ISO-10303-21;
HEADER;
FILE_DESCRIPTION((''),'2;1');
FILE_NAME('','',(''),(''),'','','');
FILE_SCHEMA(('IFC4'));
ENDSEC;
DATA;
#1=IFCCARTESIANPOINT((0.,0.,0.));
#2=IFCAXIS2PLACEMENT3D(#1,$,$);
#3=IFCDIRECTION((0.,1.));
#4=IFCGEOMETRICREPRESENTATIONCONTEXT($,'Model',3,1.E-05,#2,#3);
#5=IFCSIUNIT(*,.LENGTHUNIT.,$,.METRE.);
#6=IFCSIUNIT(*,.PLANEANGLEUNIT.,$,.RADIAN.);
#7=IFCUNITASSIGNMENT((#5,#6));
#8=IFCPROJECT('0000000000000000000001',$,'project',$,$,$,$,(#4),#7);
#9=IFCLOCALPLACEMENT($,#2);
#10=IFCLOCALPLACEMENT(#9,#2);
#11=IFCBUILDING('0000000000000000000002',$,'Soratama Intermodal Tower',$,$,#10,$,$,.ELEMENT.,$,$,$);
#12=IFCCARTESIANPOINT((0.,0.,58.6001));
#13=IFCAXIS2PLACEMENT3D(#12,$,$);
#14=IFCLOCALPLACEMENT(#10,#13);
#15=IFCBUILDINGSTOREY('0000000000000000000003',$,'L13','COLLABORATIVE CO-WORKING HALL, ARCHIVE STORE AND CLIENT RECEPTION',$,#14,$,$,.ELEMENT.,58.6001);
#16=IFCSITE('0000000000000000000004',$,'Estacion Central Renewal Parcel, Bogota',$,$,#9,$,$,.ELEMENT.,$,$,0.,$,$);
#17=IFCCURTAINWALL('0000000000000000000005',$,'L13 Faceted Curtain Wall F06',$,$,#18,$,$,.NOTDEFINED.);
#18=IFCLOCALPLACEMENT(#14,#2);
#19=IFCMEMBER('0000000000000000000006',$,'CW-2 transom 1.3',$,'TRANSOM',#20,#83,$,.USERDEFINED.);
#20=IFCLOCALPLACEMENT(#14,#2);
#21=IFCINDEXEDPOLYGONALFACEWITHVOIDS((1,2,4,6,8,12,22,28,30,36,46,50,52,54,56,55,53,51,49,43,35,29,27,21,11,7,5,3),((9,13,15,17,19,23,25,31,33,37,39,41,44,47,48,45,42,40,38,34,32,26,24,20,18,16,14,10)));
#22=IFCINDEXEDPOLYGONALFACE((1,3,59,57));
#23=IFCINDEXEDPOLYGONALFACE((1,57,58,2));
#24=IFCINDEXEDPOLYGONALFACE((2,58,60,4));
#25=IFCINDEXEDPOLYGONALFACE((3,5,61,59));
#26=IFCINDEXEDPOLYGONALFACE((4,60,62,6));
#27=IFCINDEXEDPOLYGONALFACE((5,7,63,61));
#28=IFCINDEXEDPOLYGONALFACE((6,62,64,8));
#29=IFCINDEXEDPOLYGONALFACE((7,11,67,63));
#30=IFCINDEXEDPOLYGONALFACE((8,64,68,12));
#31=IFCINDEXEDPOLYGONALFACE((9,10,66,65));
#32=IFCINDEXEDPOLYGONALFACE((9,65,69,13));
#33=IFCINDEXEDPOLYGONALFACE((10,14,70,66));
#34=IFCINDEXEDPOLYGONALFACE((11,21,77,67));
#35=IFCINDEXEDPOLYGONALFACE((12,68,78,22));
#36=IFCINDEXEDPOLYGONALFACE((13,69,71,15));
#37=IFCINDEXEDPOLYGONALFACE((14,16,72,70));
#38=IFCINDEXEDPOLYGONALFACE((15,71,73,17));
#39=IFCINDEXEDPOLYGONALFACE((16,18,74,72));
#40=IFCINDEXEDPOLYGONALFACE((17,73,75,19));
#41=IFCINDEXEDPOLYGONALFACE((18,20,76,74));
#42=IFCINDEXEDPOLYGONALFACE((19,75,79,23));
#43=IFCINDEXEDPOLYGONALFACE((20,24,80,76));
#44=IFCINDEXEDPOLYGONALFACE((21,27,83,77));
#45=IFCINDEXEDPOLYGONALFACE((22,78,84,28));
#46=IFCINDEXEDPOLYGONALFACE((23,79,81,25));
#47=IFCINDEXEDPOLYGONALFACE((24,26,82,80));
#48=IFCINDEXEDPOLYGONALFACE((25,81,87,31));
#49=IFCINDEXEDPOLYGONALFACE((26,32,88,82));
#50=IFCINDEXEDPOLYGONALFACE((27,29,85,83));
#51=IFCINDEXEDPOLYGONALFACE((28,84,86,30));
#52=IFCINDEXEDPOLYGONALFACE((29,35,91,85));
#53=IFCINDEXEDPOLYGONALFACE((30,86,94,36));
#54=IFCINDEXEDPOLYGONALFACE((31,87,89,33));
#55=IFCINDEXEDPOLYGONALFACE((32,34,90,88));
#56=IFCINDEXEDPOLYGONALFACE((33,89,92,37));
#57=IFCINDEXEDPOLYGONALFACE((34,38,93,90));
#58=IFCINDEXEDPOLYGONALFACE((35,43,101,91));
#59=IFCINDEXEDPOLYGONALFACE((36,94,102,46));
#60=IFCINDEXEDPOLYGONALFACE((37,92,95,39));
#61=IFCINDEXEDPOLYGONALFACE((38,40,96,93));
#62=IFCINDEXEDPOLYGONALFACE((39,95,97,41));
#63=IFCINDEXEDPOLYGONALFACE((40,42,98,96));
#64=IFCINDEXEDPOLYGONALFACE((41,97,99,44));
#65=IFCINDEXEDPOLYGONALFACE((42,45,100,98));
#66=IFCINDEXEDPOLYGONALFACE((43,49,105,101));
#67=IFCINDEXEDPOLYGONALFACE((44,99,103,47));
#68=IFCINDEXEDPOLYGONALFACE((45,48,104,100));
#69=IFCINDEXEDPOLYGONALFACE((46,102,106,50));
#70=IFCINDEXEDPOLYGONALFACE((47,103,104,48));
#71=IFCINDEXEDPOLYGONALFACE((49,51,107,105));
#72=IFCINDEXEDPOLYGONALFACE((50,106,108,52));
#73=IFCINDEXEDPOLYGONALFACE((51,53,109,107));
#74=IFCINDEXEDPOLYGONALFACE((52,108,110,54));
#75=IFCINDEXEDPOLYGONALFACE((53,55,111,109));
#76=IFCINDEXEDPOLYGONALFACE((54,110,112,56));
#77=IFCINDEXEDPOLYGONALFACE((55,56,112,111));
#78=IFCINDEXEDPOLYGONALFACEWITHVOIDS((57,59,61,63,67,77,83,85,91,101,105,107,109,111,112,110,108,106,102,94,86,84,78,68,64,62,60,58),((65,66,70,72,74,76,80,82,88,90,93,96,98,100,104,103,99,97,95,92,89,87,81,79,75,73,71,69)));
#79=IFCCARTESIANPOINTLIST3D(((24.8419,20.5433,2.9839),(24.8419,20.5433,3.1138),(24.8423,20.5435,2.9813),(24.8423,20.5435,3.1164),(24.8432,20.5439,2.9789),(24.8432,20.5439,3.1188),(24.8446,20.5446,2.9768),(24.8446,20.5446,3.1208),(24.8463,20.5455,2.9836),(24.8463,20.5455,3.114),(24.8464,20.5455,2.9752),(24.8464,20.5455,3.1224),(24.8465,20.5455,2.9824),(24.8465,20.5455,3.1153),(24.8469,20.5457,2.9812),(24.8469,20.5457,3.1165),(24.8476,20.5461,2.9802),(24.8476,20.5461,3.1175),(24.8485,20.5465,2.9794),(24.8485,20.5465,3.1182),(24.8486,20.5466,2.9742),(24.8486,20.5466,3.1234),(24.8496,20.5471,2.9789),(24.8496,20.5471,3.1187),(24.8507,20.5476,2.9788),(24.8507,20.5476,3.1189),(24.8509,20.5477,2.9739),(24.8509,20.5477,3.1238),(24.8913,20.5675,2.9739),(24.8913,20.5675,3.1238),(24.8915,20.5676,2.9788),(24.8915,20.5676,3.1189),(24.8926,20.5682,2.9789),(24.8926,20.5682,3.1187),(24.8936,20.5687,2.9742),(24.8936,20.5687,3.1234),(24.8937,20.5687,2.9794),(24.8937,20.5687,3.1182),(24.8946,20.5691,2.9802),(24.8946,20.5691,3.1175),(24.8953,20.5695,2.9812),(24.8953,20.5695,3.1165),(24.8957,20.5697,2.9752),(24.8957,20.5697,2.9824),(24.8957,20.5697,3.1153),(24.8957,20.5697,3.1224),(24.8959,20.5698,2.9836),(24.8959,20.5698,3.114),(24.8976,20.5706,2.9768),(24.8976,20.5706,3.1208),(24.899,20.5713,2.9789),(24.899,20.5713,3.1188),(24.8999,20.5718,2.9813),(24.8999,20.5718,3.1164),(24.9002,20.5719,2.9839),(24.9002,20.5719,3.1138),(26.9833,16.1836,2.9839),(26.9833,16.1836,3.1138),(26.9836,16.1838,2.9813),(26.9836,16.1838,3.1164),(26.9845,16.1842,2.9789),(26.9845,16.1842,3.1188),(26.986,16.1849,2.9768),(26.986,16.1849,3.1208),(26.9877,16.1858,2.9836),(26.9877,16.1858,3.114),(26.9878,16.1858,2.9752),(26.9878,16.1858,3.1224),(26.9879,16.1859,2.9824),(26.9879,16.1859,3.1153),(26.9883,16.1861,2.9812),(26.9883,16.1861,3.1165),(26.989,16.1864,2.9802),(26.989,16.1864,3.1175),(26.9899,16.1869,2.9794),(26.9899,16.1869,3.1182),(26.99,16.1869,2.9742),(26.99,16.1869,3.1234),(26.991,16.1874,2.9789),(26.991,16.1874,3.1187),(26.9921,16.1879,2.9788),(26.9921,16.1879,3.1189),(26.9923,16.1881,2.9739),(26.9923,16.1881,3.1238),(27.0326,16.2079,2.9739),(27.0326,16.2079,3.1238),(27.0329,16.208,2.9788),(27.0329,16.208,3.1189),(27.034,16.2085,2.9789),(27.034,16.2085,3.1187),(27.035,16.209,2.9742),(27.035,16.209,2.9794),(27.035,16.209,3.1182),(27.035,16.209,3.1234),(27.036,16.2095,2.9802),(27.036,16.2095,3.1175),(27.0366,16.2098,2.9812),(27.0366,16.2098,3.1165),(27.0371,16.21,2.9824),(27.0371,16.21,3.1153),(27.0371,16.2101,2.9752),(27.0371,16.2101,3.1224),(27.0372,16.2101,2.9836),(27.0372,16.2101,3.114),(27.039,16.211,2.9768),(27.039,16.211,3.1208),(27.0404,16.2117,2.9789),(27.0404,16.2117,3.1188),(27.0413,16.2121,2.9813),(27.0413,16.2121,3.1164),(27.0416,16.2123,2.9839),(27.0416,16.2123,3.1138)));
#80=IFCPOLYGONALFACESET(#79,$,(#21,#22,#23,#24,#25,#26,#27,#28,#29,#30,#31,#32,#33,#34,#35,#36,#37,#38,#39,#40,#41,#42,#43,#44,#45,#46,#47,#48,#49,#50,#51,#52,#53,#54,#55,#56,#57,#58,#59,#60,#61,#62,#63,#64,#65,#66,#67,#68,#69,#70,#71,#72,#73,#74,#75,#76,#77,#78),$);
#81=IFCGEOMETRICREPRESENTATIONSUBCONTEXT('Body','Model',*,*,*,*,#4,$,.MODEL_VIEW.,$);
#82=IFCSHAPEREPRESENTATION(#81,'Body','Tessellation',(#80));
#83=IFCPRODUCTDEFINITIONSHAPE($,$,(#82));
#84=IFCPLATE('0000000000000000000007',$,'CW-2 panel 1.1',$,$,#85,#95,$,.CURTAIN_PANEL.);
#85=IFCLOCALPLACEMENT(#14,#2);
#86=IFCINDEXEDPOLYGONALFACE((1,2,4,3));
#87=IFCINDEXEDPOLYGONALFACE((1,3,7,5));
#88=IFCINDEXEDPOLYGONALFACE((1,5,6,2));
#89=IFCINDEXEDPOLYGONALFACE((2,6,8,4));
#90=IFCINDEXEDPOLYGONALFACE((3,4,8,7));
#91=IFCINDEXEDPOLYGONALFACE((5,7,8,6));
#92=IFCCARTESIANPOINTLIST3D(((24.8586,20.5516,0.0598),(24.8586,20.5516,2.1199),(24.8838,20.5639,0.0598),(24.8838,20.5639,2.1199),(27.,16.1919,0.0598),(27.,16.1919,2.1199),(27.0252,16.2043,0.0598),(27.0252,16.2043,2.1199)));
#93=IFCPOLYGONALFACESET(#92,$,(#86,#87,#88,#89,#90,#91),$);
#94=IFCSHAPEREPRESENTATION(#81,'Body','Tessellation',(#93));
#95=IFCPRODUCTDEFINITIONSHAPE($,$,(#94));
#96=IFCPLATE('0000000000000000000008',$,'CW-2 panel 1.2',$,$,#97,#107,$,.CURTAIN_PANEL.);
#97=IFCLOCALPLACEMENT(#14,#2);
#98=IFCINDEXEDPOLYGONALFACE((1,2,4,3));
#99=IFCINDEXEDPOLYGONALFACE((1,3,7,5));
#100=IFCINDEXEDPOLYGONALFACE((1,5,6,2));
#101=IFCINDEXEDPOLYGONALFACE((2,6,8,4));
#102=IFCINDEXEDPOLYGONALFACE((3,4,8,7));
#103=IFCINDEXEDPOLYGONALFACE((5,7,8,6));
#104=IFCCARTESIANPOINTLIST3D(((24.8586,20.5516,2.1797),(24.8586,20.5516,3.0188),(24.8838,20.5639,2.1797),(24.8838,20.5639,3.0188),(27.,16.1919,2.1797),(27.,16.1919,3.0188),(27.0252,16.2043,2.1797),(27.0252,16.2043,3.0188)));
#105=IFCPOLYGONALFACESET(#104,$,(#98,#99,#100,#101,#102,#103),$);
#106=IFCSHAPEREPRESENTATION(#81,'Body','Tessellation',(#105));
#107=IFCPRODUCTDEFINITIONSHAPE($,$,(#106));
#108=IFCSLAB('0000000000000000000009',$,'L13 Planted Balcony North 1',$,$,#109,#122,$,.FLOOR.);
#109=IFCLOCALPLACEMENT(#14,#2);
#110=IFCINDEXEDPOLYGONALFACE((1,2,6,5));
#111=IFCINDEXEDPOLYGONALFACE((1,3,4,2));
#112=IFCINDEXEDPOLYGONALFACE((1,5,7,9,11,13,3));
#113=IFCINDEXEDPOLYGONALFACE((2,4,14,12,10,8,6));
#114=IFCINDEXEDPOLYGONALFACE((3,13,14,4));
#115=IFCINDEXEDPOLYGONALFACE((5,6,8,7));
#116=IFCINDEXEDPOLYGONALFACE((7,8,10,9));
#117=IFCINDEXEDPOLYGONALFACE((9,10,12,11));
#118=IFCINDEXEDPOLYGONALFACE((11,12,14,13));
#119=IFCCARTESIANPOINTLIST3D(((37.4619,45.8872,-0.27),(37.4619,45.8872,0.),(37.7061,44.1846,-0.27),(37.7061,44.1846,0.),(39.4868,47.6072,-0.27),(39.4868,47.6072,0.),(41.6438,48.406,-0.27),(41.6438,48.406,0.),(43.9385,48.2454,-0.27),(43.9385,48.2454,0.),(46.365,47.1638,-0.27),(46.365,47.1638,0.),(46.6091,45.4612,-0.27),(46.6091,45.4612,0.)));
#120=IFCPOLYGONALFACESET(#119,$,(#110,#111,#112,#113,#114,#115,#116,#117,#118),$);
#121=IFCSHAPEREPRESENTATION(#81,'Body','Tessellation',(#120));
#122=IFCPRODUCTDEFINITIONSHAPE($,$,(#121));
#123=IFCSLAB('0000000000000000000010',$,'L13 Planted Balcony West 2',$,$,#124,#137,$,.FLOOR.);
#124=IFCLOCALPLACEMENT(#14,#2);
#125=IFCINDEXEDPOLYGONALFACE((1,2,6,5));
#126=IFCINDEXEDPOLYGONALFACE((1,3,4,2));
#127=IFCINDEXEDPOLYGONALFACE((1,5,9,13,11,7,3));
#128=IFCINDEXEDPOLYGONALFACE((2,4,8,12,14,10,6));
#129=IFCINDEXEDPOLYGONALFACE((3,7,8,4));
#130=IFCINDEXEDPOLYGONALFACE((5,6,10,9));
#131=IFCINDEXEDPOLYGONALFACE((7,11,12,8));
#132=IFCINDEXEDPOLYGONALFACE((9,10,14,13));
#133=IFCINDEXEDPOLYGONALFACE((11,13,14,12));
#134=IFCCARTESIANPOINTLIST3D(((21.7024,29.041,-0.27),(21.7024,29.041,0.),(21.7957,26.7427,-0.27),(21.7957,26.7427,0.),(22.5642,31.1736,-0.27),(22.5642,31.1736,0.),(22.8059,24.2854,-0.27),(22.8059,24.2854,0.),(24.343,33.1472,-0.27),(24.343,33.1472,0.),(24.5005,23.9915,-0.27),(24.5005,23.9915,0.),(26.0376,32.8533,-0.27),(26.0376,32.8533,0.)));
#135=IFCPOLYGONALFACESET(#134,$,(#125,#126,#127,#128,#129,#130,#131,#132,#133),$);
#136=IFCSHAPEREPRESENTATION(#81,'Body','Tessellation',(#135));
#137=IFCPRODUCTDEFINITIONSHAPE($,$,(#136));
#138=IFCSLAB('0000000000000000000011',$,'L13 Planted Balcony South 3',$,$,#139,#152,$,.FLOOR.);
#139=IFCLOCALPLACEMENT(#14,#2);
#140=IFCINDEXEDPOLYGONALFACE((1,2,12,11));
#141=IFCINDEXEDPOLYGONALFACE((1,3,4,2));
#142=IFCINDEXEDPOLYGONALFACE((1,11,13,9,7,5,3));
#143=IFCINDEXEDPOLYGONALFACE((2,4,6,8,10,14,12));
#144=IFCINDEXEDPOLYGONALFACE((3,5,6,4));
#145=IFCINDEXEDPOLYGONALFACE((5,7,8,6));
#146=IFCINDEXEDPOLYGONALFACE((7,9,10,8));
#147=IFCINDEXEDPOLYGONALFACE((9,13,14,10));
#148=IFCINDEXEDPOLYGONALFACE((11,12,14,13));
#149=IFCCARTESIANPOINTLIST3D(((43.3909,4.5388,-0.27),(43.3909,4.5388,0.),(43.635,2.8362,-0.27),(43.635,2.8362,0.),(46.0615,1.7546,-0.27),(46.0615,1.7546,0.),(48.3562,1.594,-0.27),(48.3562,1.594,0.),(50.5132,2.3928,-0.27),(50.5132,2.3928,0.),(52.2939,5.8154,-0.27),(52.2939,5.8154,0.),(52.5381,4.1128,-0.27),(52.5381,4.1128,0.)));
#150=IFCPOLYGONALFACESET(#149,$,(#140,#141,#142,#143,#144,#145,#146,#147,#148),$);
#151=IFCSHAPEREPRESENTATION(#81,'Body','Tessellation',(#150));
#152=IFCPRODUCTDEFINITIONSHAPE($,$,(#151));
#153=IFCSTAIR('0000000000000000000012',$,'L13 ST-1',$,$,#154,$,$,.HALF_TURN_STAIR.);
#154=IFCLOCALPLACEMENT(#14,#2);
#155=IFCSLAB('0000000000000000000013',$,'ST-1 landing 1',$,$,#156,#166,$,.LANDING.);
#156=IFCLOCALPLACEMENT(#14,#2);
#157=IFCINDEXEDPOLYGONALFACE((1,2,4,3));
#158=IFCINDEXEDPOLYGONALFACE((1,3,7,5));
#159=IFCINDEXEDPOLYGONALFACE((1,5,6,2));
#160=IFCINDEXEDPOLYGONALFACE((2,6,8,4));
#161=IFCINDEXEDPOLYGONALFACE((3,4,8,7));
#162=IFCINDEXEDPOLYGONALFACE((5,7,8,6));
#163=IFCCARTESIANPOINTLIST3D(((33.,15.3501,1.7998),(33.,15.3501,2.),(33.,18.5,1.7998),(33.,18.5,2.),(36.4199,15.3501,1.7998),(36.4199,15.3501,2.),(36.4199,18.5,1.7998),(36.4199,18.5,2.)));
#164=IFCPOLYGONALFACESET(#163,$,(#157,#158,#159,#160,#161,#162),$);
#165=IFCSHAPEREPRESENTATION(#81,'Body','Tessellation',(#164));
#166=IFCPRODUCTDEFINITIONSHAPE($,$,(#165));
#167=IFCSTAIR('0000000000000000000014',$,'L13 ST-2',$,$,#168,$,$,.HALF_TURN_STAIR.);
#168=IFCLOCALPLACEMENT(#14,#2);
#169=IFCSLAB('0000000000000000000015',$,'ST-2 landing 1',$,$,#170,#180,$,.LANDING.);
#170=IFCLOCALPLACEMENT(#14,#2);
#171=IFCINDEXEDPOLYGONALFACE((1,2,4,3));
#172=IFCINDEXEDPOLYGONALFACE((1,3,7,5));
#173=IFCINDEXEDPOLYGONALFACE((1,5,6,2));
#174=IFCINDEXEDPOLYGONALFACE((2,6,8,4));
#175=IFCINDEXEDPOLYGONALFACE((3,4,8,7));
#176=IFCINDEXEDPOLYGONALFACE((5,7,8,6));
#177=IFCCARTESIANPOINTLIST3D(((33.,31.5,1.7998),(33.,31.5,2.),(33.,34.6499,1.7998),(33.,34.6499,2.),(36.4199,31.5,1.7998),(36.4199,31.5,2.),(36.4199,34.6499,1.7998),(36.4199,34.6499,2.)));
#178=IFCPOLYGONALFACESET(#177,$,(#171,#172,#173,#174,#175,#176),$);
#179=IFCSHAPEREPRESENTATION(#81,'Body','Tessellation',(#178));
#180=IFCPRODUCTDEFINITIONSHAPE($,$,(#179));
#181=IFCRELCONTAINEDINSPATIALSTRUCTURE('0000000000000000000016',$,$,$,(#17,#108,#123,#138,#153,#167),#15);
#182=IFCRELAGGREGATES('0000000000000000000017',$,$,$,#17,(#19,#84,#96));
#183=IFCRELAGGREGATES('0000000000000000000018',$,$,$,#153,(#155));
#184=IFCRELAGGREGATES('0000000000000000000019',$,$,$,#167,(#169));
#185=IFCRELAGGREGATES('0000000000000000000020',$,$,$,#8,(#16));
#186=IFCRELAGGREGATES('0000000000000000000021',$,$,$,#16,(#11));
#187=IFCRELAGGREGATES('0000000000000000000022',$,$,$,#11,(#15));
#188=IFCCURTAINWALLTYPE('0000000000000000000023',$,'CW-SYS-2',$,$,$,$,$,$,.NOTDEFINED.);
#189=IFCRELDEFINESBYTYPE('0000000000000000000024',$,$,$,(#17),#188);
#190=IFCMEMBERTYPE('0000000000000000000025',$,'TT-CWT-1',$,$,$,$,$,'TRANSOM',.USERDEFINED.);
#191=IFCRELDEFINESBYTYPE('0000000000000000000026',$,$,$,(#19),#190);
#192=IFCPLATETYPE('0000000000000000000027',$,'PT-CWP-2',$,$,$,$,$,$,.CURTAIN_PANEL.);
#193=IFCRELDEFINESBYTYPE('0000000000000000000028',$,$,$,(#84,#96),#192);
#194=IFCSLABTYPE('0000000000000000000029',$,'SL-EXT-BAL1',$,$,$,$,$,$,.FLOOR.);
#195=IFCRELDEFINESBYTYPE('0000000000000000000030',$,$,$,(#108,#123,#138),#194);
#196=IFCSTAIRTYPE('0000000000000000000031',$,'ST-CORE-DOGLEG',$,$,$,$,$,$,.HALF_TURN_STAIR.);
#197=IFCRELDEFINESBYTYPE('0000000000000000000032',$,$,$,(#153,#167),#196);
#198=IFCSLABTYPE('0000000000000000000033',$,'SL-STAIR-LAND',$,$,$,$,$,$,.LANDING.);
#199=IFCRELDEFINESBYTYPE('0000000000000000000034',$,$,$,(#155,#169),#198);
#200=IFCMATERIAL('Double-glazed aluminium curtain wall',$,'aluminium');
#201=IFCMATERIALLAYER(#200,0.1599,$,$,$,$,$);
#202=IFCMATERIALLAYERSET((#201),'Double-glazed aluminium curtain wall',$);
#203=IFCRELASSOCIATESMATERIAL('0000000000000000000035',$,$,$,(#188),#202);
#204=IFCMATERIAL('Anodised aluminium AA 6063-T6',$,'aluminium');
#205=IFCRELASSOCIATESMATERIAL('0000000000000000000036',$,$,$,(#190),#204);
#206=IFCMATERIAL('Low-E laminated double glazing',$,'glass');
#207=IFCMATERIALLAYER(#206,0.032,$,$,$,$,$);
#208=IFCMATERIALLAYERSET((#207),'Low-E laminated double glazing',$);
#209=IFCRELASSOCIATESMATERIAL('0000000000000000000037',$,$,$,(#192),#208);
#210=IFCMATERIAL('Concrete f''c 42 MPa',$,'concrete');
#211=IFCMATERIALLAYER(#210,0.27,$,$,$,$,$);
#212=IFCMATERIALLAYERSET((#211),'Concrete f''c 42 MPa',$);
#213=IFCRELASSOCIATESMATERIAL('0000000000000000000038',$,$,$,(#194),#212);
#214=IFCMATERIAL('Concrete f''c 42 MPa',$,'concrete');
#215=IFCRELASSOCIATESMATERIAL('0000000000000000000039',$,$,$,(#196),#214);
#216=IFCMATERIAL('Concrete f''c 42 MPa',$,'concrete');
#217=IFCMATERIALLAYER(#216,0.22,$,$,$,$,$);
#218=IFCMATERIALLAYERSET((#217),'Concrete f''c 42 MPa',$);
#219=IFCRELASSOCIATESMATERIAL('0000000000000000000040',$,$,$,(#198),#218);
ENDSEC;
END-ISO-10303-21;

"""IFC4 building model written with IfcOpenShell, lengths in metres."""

from ifc_helpers import new_model, si_unit, direction, frame, origin, origin_2d, place, context, subcontext, project, spatial, polyline, rectangle, hollow_rectangle, outline, extrude, material, layer, layer_set, material_profile, profile_set, type_object, element, aggregate, save


model = new_model("IFC4")

# Units and contexts
model_context = context("Model", 3, precision=1e-05, world=origin(), true_north=direction((0.0, 1.0)))
body_context = subcontext(model_context, "Body", "Model", "MODEL_VIEW")
ifc_project = project(units=[si_unit("LENGTHUNIT", "METRE"), si_unit("PLANEANGLEUNIT", "RADIAN")], contexts=[model_context])

# Site, building, storey
site_placement = place(None, origin())
site = spatial("IfcSite", under=ifc_project, at=site_placement, Name="Estacion Central Renewal Parcel, Bogota", CompositionType="ELEMENT", RefElevation=0.0)
building_placement = place(site_placement, origin())
building = spatial("IfcBuilding", under=site, at=building_placement, Name="Soratama Intermodal Tower", CompositionType="ELEMENT")
storey_placement = place(building_placement, frame((0.0, 0.0, 58.6001)))
storey = spatial("IfcBuildingStorey", under=building, at=storey_placement, Name="L13", Description="COLLABORATIVE CO-WORKING HALL, ARCHIVE STORE AND CLIENT RECEPTION", CompositionType="ELEMENT", Elevation=58.6001)

# Curtain wall, member, plates
ifc_material_1 = material(Name="Double-glazed aluminium curtain wall", Category="aluminium")
ifc_layer_1 = layer(ifc_material_1, 0.1599)
ifc_layer_set_1 = layer_set([ifc_layer_1], Name="Double-glazed aluminium curtain wall")
curtain_wall_type = type_object("IfcCurtainWallType", Name="CW-SYS-2", PredefinedType="NOTDEFINED", material=ifc_layer_set_1)
curtain_wall_placement = place(storey_placement, origin())
curtain_wall = element("IfcCurtainWall", 1, at=curtain_wall_placement, inside=storey, type_object=curtain_wall_type, Name="L13 Faceted Curtain Wall F06", PredefinedType="NOTDEFINED")
ifc_material_2 = material(Name="Anodised aluminium AA 6063-T6", Category="aluminium")
ifc_material_profile_1 = material_profile(ifc_material_2, hollow_rectangle(XDim=0.0649, YDim=0.1499, WallThickness=0.0049, InnerFilletRadius=0.0049, OuterFilletRadius=0.01, at=origin_2d()), Name="CWT150X65X5")
ifc_profile_set_1 = profile_set([ifc_material_profile_1], Name="Anodised aluminium AA 6063-T6")
member_type_1 = type_object("IfcMemberType", Name="TT-CWT-1", ElementType="TRANSOM", PredefinedType="USERDEFINED", material=ifc_profile_set_1)
member_1_placement = place(storey_placement, frame((24.8711, 20.5576, 3.0488), z_axis=(0.440869, -0.897571, 0.0), x_axis=(0.897571, 0.440869, 0.0)))
member_1 = element("IfcMember", 2, at=member_1_placement, type_object=member_type_1, Name="CW-2 transom 1.3", ObjectType="TRANSOM", PredefinedType="USERDEFINED", context=body_context, shape_type="SweptSolid", body=[
    extrude(hollow_rectangle(XDim=0.0649, YDim=0.1499, WallThickness=0.0049, InnerFilletRadius=0.0049, OuterFilletRadius=0.01, at=origin_2d()), origin(), (0.0, 0.0, 1.0), 4.8572),
])
ifc_material_3 = material(Name="Low-E laminated double glazing", Category="glass")
ifc_layer_2 = layer(ifc_material_3, 0.032)
ifc_layer_set_2 = layer_set([ifc_layer_2], Name="Low-E laminated double glazing")
plate_type = type_object("IfcPlateType", Name="PT-CWP-2", PredefinedType="CURTAIN_PANEL", material=ifc_layer_set_2)
plate_1_placement = place(storey_placement, frame((25.9419, 18.3779, 0.0598), z_axis=(0.0, 0.0, 1.0), x_axis=(0.440875, -0.897568, 0.0)))
plate_1 = element("IfcPlate", 3, at=plate_1_placement, type_object=plate_type, Name="CW-2 panel 1.1", PredefinedType="CURTAIN_PANEL", context=body_context, shape_type="SweptSolid", body=[
    extrude(rectangle(XDim=4.8572, YDim=0.0281, at=origin_2d()), origin(), (0.0, 0.0, 1.0), 2.0601),
])
plate_2_placement = place(storey_placement, frame((25.9419, 18.3779, 2.1797), z_axis=(0.0, 0.0, 1.0), x_axis=(0.440875, -0.897568, 0.0)))
plate_2 = element("IfcPlate", 4, at=plate_2_placement, type_object=plate_type, Name="CW-2 panel 1.2", PredefinedType="CURTAIN_PANEL", context=body_context, shape_type="SweptSolid", body=[
    extrude(rectangle(XDim=4.8572, YDim=0.0281, at=origin_2d()), origin(), (0.0, 0.0, 1.0), 0.8391),
])
aggregate(curtain_wall, [member_1, plate_1, plate_2])

# Slabs
ifc_material_4 = material(Name="Concrete f'c 42 MPa", Category="concrete")
ifc_layer_3 = layer(ifc_material_4, 0.27)
ifc_layer_set_3 = layer_set([ifc_layer_3], Name="Concrete f'c 42 MPa")
slab_type_1 = type_object("IfcSlabType", Name="SL-EXT-BAL1", PredefinedType="FLOOR", material=ifc_layer_set_3)
slab_1_placement = place(storey_placement, frame((0.0, 0.0, -0.27)))
element("IfcSlab", 5, at=slab_1_placement, inside=storey, type_object=slab_type_1, Name="L13 Planted Balcony North 1", PredefinedType="FLOOR", context=body_context, shape_type="SweptSolid", body=[
    extrude(outline(polyline([(46.6091, 45.4612), (37.7061, 44.1846), (37.4619, 45.8872), (39.4868, 47.6072), (41.6438, 48.406), (43.9385, 48.2454), (46.365, 47.1638), (46.6091, 45.4612)])), origin(), (0.0, 0.0, 1.0), 0.27),
])
slab_2_placement = place(storey_placement, frame((0.0, 0.0, -0.27)))
element("IfcSlab", 6, at=slab_2_placement, inside=storey, type_object=slab_type_1, Name="L13 Planted Balcony West 2", PredefinedType="FLOOR", context=body_context, shape_type="SweptSolid", body=[
    extrude(outline(polyline([(26.0376, 32.8533), (24.5005, 23.9915), (22.8059, 24.2854), (21.7957, 26.7427), (21.7024, 29.041), (22.5642, 31.1736), (24.343, 33.1472), (26.0376, 32.8533)])), origin(), (0.0, 0.0, 1.0), 0.27),
])
slab_3_placement = place(storey_placement, frame((0.0, 0.0, -0.27)))
element("IfcSlab", 7, at=slab_3_placement, inside=storey, type_object=slab_type_1, Name="L13 Planted Balcony South 3", PredefinedType="FLOOR", context=body_context, shape_type="SweptSolid", body=[
    extrude(outline(polyline([(43.3909, 4.5388), (52.2939, 5.8154), (52.5381, 4.1128), (50.5132, 2.3928), (48.3562, 1.594), (46.0615, 1.7546), (43.635, 2.8362), (43.3909, 4.5388)])), origin(), (0.0, 0.0, 1.0), 0.27),
])

# Stairs, slabs
ifc_material_5 = material(Name="Concrete f'c 42 MPa", Category="concrete")
stair_type = type_object("IfcStairType", Name="ST-CORE-DOGLEG", PredefinedType="HALF_TURN_STAIR", material=ifc_material_5)
stair_1_placement = place(storey_placement, origin())
stair_1 = element("IfcStair", 8, at=stair_1_placement, inside=storey, type_object=stair_type, Name="L13 ST-1", PredefinedType="HALF_TURN_STAIR")
ifc_material_6 = material(Name="Concrete f'c 42 MPa", Category="concrete")
ifc_layer_4 = layer(ifc_material_6, 0.22)
ifc_layer_set_4 = layer_set([ifc_layer_4], Name="Concrete f'c 42 MPa")
slab_type_2 = type_object("IfcSlabType", Name="SL-STAIR-LAND", PredefinedType="LANDING", material=ifc_layer_set_4)
slab_4_placement = place(storey_placement, frame((0.0, 0.0, 1.7998)))
slab_4 = element("IfcSlab", 9, at=slab_4_placement, type_object=slab_type_2, Name="ST-1 landing 1", PredefinedType="LANDING", context=body_context, shape_type="SweptSolid", body=[
    extrude(outline(polyline([(36.4199, 18.5), (33.0, 18.5), (33.0, 15.3501), (36.4199, 15.3501), (36.4199, 18.5)])), origin(), (0.0, 0.0, 1.0), 0.2002),
])
aggregate(stair_1, [slab_4])
stair_2_placement = place(storey_placement, origin())
stair_2 = element("IfcStair", 10, at=stair_2_placement, inside=storey, type_object=stair_type, Name="L13 ST-2", PredefinedType="HALF_TURN_STAIR")
slab_5_placement = place(storey_placement, frame((0.0, 0.0, 1.7998)))
slab_5 = element("IfcSlab", 11, at=slab_5_placement, type_object=slab_type_2, Name="ST-2 landing 1", PredefinedType="LANDING", context=body_context, shape_type="SweptSolid", body=[
    extrude(outline(polyline([(36.4199, 34.6499), (33.0, 34.6499), (33.0, 31.5), (36.4199, 31.5), (36.4199, 34.6499)])), origin(), (0.0, 0.0, 1.0), 0.2002),
])
aggregate(stair_2, [slab_5])

save(model, "model.ifc")
